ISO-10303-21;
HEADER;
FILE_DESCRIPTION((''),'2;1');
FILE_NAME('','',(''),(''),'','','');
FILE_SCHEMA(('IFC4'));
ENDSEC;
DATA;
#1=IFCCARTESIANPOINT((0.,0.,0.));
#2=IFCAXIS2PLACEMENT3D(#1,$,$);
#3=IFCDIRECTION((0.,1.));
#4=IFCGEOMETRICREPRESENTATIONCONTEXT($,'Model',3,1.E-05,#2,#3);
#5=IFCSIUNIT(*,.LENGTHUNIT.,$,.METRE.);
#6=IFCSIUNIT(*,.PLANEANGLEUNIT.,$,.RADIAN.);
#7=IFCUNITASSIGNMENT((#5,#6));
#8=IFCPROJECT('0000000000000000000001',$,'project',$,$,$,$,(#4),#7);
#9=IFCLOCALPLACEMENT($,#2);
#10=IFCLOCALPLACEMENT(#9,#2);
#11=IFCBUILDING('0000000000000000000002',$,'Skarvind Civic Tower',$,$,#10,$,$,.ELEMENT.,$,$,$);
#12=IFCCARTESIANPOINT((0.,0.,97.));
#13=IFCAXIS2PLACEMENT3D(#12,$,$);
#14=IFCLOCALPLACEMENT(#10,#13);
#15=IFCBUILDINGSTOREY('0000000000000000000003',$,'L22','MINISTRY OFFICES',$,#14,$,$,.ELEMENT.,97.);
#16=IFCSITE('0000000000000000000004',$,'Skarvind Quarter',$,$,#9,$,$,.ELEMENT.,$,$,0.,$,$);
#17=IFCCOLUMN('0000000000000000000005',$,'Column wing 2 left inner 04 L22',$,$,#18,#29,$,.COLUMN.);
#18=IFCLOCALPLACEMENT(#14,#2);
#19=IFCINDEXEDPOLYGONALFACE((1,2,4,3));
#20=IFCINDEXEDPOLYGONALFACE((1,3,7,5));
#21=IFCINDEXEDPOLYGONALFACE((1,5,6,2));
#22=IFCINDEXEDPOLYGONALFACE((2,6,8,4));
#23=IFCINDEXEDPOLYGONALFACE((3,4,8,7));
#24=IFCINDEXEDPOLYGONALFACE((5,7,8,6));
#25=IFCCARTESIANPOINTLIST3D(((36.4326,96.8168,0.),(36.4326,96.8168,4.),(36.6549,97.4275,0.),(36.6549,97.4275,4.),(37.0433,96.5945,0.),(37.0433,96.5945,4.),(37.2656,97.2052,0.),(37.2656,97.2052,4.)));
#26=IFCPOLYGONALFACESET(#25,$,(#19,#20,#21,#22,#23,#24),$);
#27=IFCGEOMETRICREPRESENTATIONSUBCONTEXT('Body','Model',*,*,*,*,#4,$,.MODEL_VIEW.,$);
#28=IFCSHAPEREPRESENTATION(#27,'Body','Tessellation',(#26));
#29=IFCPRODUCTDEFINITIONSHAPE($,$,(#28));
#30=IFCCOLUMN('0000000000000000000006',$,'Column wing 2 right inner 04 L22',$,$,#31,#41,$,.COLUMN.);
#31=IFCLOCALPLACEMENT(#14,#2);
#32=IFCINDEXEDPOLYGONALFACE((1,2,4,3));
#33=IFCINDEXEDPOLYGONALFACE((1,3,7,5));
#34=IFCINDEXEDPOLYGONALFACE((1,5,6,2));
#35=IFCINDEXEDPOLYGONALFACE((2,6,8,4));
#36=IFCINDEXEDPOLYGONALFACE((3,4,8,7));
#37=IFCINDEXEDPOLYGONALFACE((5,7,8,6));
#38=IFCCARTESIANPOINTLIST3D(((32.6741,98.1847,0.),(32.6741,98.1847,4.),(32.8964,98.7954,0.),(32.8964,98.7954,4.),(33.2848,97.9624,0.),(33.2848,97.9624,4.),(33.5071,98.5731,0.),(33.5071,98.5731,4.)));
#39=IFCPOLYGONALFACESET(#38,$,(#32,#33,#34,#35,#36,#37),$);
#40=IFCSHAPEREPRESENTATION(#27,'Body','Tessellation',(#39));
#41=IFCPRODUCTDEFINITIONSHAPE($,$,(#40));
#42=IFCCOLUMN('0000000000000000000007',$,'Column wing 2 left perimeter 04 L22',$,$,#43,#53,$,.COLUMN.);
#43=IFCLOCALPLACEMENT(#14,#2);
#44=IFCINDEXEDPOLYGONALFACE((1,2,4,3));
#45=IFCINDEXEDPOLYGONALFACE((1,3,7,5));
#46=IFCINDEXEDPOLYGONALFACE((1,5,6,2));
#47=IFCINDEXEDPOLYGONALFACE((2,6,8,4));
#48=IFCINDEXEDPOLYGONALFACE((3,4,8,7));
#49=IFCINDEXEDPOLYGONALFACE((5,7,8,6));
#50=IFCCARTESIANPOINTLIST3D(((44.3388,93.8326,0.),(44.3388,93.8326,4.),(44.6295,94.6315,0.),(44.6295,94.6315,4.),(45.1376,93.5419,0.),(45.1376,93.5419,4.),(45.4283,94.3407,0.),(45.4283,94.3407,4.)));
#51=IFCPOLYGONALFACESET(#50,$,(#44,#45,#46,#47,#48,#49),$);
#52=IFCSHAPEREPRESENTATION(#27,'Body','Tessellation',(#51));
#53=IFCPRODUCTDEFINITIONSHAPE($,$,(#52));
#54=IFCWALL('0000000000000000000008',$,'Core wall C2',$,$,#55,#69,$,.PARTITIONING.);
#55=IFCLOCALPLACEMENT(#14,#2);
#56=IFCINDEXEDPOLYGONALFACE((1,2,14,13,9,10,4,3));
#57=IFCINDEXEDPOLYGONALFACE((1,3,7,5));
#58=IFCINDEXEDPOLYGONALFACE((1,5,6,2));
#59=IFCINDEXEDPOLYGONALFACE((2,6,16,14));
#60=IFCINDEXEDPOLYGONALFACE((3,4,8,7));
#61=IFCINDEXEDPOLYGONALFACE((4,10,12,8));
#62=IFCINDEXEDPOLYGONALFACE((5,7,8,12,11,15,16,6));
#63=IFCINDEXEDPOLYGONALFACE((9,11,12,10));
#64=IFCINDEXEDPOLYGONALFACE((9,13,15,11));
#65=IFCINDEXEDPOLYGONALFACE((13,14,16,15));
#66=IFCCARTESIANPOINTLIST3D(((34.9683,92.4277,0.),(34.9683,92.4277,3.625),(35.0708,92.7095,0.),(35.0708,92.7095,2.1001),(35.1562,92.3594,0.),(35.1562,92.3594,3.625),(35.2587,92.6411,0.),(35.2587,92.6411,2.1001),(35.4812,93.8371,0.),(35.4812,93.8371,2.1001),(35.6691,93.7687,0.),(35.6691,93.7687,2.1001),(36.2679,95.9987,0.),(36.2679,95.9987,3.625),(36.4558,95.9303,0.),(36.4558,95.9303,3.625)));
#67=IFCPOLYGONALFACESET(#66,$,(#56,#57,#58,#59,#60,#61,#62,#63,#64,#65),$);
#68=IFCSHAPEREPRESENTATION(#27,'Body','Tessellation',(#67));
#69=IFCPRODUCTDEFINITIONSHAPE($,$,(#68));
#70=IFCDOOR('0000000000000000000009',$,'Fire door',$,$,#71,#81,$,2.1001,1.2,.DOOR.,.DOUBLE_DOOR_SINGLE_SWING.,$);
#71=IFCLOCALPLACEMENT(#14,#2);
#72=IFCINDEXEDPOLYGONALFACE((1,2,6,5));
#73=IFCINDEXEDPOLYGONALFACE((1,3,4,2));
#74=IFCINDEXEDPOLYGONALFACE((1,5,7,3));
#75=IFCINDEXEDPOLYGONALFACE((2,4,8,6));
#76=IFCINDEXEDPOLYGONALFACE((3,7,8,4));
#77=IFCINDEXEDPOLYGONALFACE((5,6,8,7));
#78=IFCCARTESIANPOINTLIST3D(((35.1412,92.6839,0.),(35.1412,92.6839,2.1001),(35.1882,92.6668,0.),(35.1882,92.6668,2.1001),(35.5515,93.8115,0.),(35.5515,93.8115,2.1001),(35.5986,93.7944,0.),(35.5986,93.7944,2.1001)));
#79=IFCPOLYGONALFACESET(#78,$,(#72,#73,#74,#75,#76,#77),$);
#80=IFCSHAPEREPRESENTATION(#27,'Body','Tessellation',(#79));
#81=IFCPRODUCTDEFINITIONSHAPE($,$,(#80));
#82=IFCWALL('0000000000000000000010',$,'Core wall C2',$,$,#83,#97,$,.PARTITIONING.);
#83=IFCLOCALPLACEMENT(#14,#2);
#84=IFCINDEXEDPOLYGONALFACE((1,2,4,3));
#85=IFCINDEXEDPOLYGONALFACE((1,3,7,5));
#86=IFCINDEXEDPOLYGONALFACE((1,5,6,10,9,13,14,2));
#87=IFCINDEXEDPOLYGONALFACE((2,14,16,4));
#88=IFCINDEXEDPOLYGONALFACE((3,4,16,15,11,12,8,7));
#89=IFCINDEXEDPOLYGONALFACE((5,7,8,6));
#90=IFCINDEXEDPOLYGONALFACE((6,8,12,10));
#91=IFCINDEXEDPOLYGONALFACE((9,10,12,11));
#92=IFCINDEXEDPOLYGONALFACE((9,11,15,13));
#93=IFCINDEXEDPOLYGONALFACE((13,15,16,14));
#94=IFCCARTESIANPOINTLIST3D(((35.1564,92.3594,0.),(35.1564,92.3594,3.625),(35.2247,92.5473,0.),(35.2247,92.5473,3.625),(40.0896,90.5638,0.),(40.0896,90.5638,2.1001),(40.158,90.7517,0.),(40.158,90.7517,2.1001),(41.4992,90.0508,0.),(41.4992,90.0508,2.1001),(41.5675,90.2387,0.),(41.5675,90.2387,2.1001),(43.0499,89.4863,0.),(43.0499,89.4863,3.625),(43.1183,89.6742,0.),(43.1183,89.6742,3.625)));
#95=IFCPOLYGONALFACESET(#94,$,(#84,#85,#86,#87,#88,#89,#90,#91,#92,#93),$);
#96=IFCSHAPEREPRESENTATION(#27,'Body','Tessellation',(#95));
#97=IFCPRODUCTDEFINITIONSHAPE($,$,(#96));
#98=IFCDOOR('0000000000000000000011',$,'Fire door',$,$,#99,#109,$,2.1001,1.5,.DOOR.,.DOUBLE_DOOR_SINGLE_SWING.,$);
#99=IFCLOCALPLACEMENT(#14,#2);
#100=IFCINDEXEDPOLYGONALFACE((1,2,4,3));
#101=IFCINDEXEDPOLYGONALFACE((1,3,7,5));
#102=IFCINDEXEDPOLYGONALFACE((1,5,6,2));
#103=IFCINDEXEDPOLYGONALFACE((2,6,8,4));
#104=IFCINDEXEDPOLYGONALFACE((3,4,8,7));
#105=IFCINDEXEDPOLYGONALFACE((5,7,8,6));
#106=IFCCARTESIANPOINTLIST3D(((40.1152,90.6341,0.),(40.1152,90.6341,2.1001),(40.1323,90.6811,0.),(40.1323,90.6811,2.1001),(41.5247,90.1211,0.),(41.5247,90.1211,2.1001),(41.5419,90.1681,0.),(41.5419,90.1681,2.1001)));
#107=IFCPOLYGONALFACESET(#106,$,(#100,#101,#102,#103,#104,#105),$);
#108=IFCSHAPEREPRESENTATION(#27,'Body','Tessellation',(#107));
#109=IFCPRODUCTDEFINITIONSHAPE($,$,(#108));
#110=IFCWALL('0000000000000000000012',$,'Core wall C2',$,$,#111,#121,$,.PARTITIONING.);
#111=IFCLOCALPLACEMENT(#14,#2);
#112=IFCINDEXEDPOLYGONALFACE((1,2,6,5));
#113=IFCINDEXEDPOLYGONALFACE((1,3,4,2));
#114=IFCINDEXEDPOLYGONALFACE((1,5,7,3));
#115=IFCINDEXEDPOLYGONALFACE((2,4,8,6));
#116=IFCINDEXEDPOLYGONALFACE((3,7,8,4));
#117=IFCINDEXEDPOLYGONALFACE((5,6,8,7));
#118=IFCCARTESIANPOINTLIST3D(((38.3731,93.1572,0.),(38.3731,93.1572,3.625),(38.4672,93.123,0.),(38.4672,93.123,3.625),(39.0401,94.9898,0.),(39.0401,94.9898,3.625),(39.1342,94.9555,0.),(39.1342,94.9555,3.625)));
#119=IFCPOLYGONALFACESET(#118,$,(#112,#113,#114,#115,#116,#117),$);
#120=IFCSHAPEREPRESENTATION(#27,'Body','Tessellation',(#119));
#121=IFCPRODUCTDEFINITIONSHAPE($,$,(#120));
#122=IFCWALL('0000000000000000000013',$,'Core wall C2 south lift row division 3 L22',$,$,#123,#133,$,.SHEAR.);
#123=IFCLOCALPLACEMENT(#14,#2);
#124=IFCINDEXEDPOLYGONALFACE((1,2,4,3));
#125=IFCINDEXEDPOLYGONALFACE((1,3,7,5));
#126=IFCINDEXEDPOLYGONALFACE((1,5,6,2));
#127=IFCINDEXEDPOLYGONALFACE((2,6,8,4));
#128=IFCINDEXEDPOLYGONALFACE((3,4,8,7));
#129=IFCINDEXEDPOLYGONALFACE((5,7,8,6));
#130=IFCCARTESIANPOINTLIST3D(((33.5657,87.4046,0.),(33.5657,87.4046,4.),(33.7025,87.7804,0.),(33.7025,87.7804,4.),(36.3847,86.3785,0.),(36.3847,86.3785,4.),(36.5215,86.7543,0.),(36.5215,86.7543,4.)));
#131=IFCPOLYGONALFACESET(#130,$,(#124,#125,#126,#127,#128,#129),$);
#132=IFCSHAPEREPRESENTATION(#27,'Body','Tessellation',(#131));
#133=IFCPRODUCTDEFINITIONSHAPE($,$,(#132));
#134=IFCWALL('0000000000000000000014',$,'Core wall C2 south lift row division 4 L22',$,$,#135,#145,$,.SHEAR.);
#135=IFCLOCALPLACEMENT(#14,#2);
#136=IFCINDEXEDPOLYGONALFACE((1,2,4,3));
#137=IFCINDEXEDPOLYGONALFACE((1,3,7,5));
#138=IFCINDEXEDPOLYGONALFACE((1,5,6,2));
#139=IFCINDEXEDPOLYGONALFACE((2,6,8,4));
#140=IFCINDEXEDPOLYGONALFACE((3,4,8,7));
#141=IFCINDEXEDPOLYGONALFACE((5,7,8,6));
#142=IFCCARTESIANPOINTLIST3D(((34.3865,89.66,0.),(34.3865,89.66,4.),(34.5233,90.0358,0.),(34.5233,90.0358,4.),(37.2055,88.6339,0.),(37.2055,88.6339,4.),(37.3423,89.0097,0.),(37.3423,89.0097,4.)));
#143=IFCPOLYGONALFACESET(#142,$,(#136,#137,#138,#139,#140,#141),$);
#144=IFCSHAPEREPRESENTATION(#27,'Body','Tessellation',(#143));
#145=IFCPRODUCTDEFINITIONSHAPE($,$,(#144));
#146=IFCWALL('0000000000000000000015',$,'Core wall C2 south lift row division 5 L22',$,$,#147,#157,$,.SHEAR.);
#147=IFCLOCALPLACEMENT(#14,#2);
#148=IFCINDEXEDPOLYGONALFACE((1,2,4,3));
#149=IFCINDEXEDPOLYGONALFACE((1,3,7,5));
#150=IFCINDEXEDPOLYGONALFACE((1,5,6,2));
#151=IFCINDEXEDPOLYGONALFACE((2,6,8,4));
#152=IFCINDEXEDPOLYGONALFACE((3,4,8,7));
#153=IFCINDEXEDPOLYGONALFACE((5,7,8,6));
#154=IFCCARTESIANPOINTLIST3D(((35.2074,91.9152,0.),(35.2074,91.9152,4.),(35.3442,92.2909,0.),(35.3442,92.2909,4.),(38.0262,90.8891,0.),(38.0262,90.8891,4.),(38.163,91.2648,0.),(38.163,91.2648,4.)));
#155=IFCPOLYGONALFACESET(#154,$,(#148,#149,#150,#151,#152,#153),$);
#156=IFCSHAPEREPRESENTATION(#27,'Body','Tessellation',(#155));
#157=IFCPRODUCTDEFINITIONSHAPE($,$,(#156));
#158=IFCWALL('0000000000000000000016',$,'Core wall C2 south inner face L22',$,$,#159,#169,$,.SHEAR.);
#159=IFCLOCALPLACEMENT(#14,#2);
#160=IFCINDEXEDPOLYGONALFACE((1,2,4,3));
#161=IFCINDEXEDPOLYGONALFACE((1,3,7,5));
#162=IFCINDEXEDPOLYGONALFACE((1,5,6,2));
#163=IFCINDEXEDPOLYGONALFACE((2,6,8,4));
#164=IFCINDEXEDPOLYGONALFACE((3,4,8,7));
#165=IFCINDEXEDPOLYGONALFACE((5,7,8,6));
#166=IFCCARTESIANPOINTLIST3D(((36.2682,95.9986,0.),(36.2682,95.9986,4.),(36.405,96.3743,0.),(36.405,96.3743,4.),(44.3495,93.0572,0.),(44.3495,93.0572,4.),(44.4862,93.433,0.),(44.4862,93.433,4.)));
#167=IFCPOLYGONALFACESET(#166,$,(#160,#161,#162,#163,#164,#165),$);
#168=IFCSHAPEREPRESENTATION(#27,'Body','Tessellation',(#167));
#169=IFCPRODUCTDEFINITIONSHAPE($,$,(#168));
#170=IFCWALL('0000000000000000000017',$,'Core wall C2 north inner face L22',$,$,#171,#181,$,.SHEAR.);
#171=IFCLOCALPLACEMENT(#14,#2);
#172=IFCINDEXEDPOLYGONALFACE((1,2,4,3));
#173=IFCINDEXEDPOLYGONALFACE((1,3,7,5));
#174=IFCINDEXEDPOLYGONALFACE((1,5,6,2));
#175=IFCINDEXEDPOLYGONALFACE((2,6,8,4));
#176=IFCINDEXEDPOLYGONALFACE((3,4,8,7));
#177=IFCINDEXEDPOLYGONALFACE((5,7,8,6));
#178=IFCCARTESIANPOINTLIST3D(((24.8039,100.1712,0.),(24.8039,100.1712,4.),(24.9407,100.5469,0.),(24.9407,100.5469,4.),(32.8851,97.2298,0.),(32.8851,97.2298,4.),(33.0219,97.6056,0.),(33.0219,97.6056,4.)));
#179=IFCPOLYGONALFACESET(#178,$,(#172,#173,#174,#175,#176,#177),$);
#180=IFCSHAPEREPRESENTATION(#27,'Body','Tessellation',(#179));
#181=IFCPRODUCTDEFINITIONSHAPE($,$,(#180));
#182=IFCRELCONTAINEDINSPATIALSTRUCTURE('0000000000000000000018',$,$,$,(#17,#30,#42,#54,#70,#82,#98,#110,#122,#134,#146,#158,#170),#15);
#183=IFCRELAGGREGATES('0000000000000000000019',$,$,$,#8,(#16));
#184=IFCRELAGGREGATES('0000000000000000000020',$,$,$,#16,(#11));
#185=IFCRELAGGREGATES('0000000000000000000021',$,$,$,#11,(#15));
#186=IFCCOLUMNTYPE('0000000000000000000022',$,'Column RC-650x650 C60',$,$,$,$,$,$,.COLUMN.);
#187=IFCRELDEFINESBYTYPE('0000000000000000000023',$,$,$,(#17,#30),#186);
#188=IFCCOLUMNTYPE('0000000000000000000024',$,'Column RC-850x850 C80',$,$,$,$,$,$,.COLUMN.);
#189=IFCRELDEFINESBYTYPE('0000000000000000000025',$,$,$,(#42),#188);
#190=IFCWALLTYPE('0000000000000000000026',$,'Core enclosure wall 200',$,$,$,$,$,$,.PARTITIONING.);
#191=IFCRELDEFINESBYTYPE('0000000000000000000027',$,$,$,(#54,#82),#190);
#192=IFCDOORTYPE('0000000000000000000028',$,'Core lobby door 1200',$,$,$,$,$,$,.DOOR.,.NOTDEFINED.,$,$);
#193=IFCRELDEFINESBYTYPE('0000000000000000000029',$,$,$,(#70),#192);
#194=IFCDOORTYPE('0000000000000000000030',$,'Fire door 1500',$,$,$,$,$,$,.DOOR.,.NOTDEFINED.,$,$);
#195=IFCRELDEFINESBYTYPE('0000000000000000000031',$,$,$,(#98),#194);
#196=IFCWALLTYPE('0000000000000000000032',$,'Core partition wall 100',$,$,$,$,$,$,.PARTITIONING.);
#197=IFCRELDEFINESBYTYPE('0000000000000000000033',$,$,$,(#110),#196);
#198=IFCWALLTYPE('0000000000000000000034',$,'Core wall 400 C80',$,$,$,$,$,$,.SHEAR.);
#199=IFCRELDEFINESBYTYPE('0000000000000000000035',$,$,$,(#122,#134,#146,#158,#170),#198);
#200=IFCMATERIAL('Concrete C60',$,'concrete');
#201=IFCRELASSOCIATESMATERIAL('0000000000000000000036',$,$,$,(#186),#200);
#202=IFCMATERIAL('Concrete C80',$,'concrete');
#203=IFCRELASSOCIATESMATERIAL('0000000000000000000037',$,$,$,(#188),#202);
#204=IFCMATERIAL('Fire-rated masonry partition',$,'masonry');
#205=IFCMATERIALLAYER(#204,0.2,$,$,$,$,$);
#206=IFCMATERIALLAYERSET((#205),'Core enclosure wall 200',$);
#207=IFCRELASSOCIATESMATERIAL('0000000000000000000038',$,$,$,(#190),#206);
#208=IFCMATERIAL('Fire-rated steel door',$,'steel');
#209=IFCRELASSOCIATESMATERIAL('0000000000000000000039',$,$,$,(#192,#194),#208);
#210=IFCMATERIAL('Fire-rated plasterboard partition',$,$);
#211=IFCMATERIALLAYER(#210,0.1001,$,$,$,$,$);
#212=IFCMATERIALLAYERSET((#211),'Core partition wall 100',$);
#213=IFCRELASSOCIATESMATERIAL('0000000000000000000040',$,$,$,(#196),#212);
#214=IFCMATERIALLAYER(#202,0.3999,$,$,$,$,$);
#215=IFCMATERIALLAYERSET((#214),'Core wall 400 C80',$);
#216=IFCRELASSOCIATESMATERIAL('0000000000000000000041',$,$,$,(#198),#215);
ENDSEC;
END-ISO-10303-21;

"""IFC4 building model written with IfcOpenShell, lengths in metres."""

from ifc_helpers import new_model, si_unit, direction, frame, frame_2d, origin, origin_2d, place, context, subcontext, project, spatial, rectangle, extrude, material, layer, layer_set, material_profile, profile_set, type_object, element, fill, save


model = new_model("IFC4")

# Units and contexts
model_context = context("Model", 3, precision=1e-05, world=origin(), true_north=direction((0.0, 1.0)))
body_context = subcontext(model_context, "Body", "Model", "MODEL_VIEW")
ifc_project = project(units=[si_unit("LENGTHUNIT", "METRE"), si_unit("PLANEANGLEUNIT", "RADIAN")], contexts=[model_context])

# Site, building, storey
site_placement = place(None, origin())
site = spatial("IfcSite", under=ifc_project, at=site_placement, Name="Skarvind Quarter", CompositionType="ELEMENT", RefElevation=0.0)
building_placement = place(site_placement, origin())
building = spatial("IfcBuilding", under=site, at=building_placement, Name="Skarvind Civic Tower", CompositionType="ELEMENT")
storey_placement = place(building_placement, frame((0.0, 0.0, 97.0)))
storey = spatial("IfcBuildingStorey", under=building, at=storey_placement, Name="L22", Description="MINISTRY OFFICES", CompositionType="ELEMENT", Elevation=97.0)

# Columns
ifc_material_1 = material(Name="Concrete C60", Category="concrete")
ifc_material_profile_1 = material_profile(ifc_material_1, rectangle(XDim=0.6499, YDim=0.6499, at=origin_2d()), Name="RC-650x650")
ifc_profile_set_1 = profile_set([ifc_material_profile_1], Name="Concrete C60")
column_type_1 = type_object("IfcColumnType", Name="Column RC-650x650 C60", PredefinedType="COLUMN", material=ifc_profile_set_1)
for number, where, z_axis, x_axis, name in (
    (1, (36.8491, 97.011, 0.0), (0.0, 0.0, 1.0), (-0.34202, -0.939693, 0.0), "Column wing 2 left inner 04 L22"),
    (2, (33.0906, 98.3789, 0.0), (0.0, 0.0, 1.0), (-0.34202, -0.939693, 0.0), "Column wing 2 right inner 04 L22"),
):
    element("IfcColumn", number, at=place(storey_placement, frame(where, z_axis=z_axis, x_axis=x_axis)), inside=storey, type_object=column_type_1, Name=name, PredefinedType="COLUMN", context=body_context, shape_type="SweptSolid", body=[
        extrude(rectangle(XDim=0.6499, YDim=0.6499, at=origin_2d()), origin(), (0.0, 0.0, 1.0), 4.0),
    ])
ifc_material_2 = material(Name="Concrete C80", Category="concrete")
ifc_material_profile_2 = material_profile(ifc_material_2, rectangle(XDim=0.8501, YDim=0.8501, at=origin_2d()), Name="RC-850x850")
ifc_profile_set_2 = profile_set([ifc_material_profile_2], Name="Concrete C80")
column_type_2 = type_object("IfcColumnType", Name="Column RC-850x850 C80", PredefinedType="COLUMN", material=ifc_profile_set_2)
column_placement = place(storey_placement, frame((44.8835, 94.0867, 0.0), z_axis=(0.0, 0.0, 1.0), x_axis=(-0.34202, -0.939693, 0.0)))
element("IfcColumn", 3, at=column_placement, inside=storey, type_object=column_type_2, Name="Column wing 2 left perimeter 04 L22", PredefinedType="COLUMN", context=body_context, shape_type="SweptSolid", body=[
    extrude(rectangle(XDim=0.8501, YDim=0.8501, at=origin_2d()), origin(), (0.0, 0.0, 1.0), 4.0),
])

# Walls, openings, doors
ifc_material_3 = material(Name="Fire-rated masonry partition", Category="masonry")
ifc_layer_1 = layer(ifc_material_3, 0.2)
ifc_layer_set_1 = layer_set([ifc_layer_1], Name="Core enclosure wall 200")
wall_type_1 = type_object("IfcWallType", Name="Core enclosure wall 200", PredefinedType="PARTITIONING", material=ifc_layer_set_1)
wall_1_placement = place(storey_placement, frame((36.3618, 95.9644, 0.0), z_axis=(0.0, 0.0, 1.0), x_axis=(-0.341996, -0.939701, 0.0)))
wall_1 = element("IfcWall", 4, at=wall_1_placement, inside=storey, type_object=wall_type_1, Name="Core wall C2", PredefinedType="PARTITIONING", context=body_context, shape_type="SweptSolid", body=[
    extrude(rectangle(XDim=3.8, YDim=0.2, at=frame_2d((1.8999, 0.0))), origin(), (0.0, 0.0, 1.0), 3.625),
])
opening_1_placement = place(wall_1_placement, frame((2.3, 0.0, 0.0)))
opening_1 = element("IfcOpeningElement", 5, at=opening_1_placement, cuts=wall_1, PredefinedType="OPENING", context=body_context, shape_type="SweptSolid", body=[
    extrude(rectangle(XDim=1.2, YDim=2.1001, at=frame_2d((0.6001, 1.05))), frame((0.0, 0.1099, 0.0), z_axis=(0.0, -1.0, 0.0), x_axis=(1.0, 0.0, 0.0)), (0.0, 0.0, 1.0), 0.22),
])
ifc_material_4 = material(Name="Fire-rated steel door", Category="steel")
door_type_1 = type_object("IfcDoorType", Name="Core lobby door 1200", OperationType="NOTDEFINED", PredefinedType="DOOR", material=ifc_material_4)
door_1_placement = place(opening_1_placement, origin())
door_1 = element("IfcDoor", 6, at=door_1_placement, inside=storey, type_object=door_type_1, Name="Fire door", OperationType="DOUBLE_DOOR_SINGLE_SWING", OverallHeight=2.1001, OverallWidth=1.2, PredefinedType="DOOR", context=body_context, shape_type="SweptSolid", body=[
    extrude(rectangle(XDim=1.2, YDim=2.1001, at=frame_2d((0.6001, 1.05))), frame((0.0, 0.0249, 0.0), z_axis=(0.0, -1.0, 0.0), x_axis=(1.0, 0.0, 0.0)), (0.0, 0.0, 1.0), 0.05),
])
fill(opening_1, door_1)
wall_2_placement = place(storey_placement, frame((35.1904, 92.4534, 0.0), z_axis=(0.0, 0.0, 1.0), x_axis=(0.939692, -0.342023, 0.0)))
wall_2 = element("IfcWall", 7, at=wall_2_placement, inside=storey, type_object=wall_type_1, Name="Core wall C2", PredefinedType="PARTITIONING", context=body_context, shape_type="SweptSolid", body=[
    extrude(rectangle(XDim=8.4001, YDim=0.2, at=frame_2d((4.2002, 0.0))), origin(), (0.0, 0.0, 1.0), 3.625),
])
opening_2_placement = place(wall_2_placement, frame((5.25, 0.0, 0.0)))
opening_2 = element("IfcOpeningElement", 8, at=opening_2_placement, cuts=wall_2, PredefinedType="OPENING", context=body_context, shape_type="SweptSolid", body=[
    extrude(rectangle(XDim=1.5, YDim=2.1001, at=frame_2d((0.75, 1.05))), frame((0.0, 0.1099, 0.0), z_axis=(0.0, -1.0, 0.0), x_axis=(1.0, 0.0, 0.0)), (0.0, 0.0, 1.0), 0.22),
])
door_type_2 = type_object("IfcDoorType", Name="Fire door 1500", OperationType="NOTDEFINED", PredefinedType="DOOR", material=ifc_material_4)
door_2_placement = place(opening_2_placement, origin())
door_2 = element("IfcDoor", 9, at=door_2_placement, inside=storey, type_object=door_type_2, Name="Fire door", OperationType="DOUBLE_DOOR_SINGLE_SWING", OverallHeight=2.1001, OverallWidth=1.5, PredefinedType="DOOR", context=body_context, shape_type="SweptSolid", body=[
    extrude(rectangle(XDim=1.5, YDim=2.1001, at=frame_2d((0.75, 1.05))), frame((0.0, 0.0249, 0.0), z_axis=(0.0, -1.0, 0.0), x_axis=(1.0, 0.0, 0.0)), (0.0, 0.0, 1.0), 0.05),
])
fill(opening_2, door_2)

# Walls
ifc_material_5 = material(Name="Fire-rated plasterboard partition")
ifc_layer_2 = layer(ifc_material_5, 0.1001)
ifc_layer_set_2 = layer_set([ifc_layer_2], Name="Core partition wall 100")
wall_type_2 = type_object("IfcWallType", Name="Core partition wall 100", PredefinedType="PARTITIONING", material=ifc_layer_set_2)
wall_3_placement = place(storey_placement, frame((39.0872, 94.9727, 0.0), z_axis=(0.0, 0.0, 1.0), x_axis=(-0.342025, -0.939691, 0.0)))
element("IfcWall", 10, at=wall_3_placement, inside=storey, type_object=wall_type_2, Name="Core wall C2", PredefinedType="PARTITIONING", context=body_context, shape_type="SweptSolid", body=[
    extrude(rectangle(XDim=1.9502, YDim=0.1001, at=frame_2d((0.9751, 0.0))), origin(), (0.0, 0.0, 1.0), 3.625),
])
ifc_layer_3 = layer(ifc_material_2, 0.3999)
ifc_layer_set_3 = layer_set([ifc_layer_3], Name="Core wall 400 C80")
wall_type_3 = type_object("IfcWallType", Name="Core wall 400 C80", PredefinedType="SHEAR", material=ifc_layer_set_3)
for number, where, z_axis, x_axis, name in (
    (11, (36.4531, 86.5664, 0.0), (0.0, 0.0, 1.0), (-0.939686, 0.342037, 0.0), "Core wall C2 south lift row division 3 L22"),
    (12, (37.2739, 88.8218, 0.0), (0.0, 0.0, 1.0), (-0.939686, 0.342037, 0.0), "Core wall C2 south lift row division 4 L22"),
):
    element("IfcWall", number, at=place(storey_placement, frame(where, z_axis=z_axis, x_axis=x_axis)), inside=storey, type_object=wall_type_3, Name=name, PredefinedType="SHEAR", context=body_context, shape_type="SweptSolid", body=[
        extrude(rectangle(XDim=3.0, YDim=0.3999, at=frame_2d((1.5, 0.0))), origin(), (0.0, 0.0, 1.0), 4.0),
    ])
wall_4_placement = place(storey_placement, frame((38.0947, 91.0769, 0.0), z_axis=(0.0, 0.0, 1.0), x_axis=(-0.939677, 0.342063, 0.0)))
element("IfcWall", 13, at=wall_4_placement, inside=storey, type_object=wall_type_3, Name="Core wall C2 south lift row division 5 L22", PredefinedType="SHEAR", context=body_context, shape_type="SweptSolid", body=[
    extrude(rectangle(XDim=2.9998, YDim=0.3999, at=frame_2d((1.5, 0.0))), origin(), (0.0, 0.0, 1.0), 4.0),
])
for number, where, z_axis, x_axis, name in (
    (14, (44.4177, 93.2451, 0.0), (0.0, 0.0, 1.0), (-0.939691, 0.342026, 0.0), "Core wall C2 south inner face L22"),
    (15, (32.9534, 97.4177, 0.0), (0.0, 0.0, 1.0), (-0.939691, 0.342026, 0.0), "Core wall C2 north inner face L22"),
):
    element("IfcWall", number, at=place(storey_placement, frame(where, z_axis=z_axis, x_axis=x_axis)), inside=storey, type_object=wall_type_3, Name=name, PredefinedType="SHEAR", context=body_context, shape_type="SweptSolid", body=[
        extrude(rectangle(XDim=8.5999, YDim=0.3999, at=frame_2d((4.2998, 0.0))), origin(), (0.0, 0.0, 1.0), 4.0),
    ])

save(model, "model.ifc")
